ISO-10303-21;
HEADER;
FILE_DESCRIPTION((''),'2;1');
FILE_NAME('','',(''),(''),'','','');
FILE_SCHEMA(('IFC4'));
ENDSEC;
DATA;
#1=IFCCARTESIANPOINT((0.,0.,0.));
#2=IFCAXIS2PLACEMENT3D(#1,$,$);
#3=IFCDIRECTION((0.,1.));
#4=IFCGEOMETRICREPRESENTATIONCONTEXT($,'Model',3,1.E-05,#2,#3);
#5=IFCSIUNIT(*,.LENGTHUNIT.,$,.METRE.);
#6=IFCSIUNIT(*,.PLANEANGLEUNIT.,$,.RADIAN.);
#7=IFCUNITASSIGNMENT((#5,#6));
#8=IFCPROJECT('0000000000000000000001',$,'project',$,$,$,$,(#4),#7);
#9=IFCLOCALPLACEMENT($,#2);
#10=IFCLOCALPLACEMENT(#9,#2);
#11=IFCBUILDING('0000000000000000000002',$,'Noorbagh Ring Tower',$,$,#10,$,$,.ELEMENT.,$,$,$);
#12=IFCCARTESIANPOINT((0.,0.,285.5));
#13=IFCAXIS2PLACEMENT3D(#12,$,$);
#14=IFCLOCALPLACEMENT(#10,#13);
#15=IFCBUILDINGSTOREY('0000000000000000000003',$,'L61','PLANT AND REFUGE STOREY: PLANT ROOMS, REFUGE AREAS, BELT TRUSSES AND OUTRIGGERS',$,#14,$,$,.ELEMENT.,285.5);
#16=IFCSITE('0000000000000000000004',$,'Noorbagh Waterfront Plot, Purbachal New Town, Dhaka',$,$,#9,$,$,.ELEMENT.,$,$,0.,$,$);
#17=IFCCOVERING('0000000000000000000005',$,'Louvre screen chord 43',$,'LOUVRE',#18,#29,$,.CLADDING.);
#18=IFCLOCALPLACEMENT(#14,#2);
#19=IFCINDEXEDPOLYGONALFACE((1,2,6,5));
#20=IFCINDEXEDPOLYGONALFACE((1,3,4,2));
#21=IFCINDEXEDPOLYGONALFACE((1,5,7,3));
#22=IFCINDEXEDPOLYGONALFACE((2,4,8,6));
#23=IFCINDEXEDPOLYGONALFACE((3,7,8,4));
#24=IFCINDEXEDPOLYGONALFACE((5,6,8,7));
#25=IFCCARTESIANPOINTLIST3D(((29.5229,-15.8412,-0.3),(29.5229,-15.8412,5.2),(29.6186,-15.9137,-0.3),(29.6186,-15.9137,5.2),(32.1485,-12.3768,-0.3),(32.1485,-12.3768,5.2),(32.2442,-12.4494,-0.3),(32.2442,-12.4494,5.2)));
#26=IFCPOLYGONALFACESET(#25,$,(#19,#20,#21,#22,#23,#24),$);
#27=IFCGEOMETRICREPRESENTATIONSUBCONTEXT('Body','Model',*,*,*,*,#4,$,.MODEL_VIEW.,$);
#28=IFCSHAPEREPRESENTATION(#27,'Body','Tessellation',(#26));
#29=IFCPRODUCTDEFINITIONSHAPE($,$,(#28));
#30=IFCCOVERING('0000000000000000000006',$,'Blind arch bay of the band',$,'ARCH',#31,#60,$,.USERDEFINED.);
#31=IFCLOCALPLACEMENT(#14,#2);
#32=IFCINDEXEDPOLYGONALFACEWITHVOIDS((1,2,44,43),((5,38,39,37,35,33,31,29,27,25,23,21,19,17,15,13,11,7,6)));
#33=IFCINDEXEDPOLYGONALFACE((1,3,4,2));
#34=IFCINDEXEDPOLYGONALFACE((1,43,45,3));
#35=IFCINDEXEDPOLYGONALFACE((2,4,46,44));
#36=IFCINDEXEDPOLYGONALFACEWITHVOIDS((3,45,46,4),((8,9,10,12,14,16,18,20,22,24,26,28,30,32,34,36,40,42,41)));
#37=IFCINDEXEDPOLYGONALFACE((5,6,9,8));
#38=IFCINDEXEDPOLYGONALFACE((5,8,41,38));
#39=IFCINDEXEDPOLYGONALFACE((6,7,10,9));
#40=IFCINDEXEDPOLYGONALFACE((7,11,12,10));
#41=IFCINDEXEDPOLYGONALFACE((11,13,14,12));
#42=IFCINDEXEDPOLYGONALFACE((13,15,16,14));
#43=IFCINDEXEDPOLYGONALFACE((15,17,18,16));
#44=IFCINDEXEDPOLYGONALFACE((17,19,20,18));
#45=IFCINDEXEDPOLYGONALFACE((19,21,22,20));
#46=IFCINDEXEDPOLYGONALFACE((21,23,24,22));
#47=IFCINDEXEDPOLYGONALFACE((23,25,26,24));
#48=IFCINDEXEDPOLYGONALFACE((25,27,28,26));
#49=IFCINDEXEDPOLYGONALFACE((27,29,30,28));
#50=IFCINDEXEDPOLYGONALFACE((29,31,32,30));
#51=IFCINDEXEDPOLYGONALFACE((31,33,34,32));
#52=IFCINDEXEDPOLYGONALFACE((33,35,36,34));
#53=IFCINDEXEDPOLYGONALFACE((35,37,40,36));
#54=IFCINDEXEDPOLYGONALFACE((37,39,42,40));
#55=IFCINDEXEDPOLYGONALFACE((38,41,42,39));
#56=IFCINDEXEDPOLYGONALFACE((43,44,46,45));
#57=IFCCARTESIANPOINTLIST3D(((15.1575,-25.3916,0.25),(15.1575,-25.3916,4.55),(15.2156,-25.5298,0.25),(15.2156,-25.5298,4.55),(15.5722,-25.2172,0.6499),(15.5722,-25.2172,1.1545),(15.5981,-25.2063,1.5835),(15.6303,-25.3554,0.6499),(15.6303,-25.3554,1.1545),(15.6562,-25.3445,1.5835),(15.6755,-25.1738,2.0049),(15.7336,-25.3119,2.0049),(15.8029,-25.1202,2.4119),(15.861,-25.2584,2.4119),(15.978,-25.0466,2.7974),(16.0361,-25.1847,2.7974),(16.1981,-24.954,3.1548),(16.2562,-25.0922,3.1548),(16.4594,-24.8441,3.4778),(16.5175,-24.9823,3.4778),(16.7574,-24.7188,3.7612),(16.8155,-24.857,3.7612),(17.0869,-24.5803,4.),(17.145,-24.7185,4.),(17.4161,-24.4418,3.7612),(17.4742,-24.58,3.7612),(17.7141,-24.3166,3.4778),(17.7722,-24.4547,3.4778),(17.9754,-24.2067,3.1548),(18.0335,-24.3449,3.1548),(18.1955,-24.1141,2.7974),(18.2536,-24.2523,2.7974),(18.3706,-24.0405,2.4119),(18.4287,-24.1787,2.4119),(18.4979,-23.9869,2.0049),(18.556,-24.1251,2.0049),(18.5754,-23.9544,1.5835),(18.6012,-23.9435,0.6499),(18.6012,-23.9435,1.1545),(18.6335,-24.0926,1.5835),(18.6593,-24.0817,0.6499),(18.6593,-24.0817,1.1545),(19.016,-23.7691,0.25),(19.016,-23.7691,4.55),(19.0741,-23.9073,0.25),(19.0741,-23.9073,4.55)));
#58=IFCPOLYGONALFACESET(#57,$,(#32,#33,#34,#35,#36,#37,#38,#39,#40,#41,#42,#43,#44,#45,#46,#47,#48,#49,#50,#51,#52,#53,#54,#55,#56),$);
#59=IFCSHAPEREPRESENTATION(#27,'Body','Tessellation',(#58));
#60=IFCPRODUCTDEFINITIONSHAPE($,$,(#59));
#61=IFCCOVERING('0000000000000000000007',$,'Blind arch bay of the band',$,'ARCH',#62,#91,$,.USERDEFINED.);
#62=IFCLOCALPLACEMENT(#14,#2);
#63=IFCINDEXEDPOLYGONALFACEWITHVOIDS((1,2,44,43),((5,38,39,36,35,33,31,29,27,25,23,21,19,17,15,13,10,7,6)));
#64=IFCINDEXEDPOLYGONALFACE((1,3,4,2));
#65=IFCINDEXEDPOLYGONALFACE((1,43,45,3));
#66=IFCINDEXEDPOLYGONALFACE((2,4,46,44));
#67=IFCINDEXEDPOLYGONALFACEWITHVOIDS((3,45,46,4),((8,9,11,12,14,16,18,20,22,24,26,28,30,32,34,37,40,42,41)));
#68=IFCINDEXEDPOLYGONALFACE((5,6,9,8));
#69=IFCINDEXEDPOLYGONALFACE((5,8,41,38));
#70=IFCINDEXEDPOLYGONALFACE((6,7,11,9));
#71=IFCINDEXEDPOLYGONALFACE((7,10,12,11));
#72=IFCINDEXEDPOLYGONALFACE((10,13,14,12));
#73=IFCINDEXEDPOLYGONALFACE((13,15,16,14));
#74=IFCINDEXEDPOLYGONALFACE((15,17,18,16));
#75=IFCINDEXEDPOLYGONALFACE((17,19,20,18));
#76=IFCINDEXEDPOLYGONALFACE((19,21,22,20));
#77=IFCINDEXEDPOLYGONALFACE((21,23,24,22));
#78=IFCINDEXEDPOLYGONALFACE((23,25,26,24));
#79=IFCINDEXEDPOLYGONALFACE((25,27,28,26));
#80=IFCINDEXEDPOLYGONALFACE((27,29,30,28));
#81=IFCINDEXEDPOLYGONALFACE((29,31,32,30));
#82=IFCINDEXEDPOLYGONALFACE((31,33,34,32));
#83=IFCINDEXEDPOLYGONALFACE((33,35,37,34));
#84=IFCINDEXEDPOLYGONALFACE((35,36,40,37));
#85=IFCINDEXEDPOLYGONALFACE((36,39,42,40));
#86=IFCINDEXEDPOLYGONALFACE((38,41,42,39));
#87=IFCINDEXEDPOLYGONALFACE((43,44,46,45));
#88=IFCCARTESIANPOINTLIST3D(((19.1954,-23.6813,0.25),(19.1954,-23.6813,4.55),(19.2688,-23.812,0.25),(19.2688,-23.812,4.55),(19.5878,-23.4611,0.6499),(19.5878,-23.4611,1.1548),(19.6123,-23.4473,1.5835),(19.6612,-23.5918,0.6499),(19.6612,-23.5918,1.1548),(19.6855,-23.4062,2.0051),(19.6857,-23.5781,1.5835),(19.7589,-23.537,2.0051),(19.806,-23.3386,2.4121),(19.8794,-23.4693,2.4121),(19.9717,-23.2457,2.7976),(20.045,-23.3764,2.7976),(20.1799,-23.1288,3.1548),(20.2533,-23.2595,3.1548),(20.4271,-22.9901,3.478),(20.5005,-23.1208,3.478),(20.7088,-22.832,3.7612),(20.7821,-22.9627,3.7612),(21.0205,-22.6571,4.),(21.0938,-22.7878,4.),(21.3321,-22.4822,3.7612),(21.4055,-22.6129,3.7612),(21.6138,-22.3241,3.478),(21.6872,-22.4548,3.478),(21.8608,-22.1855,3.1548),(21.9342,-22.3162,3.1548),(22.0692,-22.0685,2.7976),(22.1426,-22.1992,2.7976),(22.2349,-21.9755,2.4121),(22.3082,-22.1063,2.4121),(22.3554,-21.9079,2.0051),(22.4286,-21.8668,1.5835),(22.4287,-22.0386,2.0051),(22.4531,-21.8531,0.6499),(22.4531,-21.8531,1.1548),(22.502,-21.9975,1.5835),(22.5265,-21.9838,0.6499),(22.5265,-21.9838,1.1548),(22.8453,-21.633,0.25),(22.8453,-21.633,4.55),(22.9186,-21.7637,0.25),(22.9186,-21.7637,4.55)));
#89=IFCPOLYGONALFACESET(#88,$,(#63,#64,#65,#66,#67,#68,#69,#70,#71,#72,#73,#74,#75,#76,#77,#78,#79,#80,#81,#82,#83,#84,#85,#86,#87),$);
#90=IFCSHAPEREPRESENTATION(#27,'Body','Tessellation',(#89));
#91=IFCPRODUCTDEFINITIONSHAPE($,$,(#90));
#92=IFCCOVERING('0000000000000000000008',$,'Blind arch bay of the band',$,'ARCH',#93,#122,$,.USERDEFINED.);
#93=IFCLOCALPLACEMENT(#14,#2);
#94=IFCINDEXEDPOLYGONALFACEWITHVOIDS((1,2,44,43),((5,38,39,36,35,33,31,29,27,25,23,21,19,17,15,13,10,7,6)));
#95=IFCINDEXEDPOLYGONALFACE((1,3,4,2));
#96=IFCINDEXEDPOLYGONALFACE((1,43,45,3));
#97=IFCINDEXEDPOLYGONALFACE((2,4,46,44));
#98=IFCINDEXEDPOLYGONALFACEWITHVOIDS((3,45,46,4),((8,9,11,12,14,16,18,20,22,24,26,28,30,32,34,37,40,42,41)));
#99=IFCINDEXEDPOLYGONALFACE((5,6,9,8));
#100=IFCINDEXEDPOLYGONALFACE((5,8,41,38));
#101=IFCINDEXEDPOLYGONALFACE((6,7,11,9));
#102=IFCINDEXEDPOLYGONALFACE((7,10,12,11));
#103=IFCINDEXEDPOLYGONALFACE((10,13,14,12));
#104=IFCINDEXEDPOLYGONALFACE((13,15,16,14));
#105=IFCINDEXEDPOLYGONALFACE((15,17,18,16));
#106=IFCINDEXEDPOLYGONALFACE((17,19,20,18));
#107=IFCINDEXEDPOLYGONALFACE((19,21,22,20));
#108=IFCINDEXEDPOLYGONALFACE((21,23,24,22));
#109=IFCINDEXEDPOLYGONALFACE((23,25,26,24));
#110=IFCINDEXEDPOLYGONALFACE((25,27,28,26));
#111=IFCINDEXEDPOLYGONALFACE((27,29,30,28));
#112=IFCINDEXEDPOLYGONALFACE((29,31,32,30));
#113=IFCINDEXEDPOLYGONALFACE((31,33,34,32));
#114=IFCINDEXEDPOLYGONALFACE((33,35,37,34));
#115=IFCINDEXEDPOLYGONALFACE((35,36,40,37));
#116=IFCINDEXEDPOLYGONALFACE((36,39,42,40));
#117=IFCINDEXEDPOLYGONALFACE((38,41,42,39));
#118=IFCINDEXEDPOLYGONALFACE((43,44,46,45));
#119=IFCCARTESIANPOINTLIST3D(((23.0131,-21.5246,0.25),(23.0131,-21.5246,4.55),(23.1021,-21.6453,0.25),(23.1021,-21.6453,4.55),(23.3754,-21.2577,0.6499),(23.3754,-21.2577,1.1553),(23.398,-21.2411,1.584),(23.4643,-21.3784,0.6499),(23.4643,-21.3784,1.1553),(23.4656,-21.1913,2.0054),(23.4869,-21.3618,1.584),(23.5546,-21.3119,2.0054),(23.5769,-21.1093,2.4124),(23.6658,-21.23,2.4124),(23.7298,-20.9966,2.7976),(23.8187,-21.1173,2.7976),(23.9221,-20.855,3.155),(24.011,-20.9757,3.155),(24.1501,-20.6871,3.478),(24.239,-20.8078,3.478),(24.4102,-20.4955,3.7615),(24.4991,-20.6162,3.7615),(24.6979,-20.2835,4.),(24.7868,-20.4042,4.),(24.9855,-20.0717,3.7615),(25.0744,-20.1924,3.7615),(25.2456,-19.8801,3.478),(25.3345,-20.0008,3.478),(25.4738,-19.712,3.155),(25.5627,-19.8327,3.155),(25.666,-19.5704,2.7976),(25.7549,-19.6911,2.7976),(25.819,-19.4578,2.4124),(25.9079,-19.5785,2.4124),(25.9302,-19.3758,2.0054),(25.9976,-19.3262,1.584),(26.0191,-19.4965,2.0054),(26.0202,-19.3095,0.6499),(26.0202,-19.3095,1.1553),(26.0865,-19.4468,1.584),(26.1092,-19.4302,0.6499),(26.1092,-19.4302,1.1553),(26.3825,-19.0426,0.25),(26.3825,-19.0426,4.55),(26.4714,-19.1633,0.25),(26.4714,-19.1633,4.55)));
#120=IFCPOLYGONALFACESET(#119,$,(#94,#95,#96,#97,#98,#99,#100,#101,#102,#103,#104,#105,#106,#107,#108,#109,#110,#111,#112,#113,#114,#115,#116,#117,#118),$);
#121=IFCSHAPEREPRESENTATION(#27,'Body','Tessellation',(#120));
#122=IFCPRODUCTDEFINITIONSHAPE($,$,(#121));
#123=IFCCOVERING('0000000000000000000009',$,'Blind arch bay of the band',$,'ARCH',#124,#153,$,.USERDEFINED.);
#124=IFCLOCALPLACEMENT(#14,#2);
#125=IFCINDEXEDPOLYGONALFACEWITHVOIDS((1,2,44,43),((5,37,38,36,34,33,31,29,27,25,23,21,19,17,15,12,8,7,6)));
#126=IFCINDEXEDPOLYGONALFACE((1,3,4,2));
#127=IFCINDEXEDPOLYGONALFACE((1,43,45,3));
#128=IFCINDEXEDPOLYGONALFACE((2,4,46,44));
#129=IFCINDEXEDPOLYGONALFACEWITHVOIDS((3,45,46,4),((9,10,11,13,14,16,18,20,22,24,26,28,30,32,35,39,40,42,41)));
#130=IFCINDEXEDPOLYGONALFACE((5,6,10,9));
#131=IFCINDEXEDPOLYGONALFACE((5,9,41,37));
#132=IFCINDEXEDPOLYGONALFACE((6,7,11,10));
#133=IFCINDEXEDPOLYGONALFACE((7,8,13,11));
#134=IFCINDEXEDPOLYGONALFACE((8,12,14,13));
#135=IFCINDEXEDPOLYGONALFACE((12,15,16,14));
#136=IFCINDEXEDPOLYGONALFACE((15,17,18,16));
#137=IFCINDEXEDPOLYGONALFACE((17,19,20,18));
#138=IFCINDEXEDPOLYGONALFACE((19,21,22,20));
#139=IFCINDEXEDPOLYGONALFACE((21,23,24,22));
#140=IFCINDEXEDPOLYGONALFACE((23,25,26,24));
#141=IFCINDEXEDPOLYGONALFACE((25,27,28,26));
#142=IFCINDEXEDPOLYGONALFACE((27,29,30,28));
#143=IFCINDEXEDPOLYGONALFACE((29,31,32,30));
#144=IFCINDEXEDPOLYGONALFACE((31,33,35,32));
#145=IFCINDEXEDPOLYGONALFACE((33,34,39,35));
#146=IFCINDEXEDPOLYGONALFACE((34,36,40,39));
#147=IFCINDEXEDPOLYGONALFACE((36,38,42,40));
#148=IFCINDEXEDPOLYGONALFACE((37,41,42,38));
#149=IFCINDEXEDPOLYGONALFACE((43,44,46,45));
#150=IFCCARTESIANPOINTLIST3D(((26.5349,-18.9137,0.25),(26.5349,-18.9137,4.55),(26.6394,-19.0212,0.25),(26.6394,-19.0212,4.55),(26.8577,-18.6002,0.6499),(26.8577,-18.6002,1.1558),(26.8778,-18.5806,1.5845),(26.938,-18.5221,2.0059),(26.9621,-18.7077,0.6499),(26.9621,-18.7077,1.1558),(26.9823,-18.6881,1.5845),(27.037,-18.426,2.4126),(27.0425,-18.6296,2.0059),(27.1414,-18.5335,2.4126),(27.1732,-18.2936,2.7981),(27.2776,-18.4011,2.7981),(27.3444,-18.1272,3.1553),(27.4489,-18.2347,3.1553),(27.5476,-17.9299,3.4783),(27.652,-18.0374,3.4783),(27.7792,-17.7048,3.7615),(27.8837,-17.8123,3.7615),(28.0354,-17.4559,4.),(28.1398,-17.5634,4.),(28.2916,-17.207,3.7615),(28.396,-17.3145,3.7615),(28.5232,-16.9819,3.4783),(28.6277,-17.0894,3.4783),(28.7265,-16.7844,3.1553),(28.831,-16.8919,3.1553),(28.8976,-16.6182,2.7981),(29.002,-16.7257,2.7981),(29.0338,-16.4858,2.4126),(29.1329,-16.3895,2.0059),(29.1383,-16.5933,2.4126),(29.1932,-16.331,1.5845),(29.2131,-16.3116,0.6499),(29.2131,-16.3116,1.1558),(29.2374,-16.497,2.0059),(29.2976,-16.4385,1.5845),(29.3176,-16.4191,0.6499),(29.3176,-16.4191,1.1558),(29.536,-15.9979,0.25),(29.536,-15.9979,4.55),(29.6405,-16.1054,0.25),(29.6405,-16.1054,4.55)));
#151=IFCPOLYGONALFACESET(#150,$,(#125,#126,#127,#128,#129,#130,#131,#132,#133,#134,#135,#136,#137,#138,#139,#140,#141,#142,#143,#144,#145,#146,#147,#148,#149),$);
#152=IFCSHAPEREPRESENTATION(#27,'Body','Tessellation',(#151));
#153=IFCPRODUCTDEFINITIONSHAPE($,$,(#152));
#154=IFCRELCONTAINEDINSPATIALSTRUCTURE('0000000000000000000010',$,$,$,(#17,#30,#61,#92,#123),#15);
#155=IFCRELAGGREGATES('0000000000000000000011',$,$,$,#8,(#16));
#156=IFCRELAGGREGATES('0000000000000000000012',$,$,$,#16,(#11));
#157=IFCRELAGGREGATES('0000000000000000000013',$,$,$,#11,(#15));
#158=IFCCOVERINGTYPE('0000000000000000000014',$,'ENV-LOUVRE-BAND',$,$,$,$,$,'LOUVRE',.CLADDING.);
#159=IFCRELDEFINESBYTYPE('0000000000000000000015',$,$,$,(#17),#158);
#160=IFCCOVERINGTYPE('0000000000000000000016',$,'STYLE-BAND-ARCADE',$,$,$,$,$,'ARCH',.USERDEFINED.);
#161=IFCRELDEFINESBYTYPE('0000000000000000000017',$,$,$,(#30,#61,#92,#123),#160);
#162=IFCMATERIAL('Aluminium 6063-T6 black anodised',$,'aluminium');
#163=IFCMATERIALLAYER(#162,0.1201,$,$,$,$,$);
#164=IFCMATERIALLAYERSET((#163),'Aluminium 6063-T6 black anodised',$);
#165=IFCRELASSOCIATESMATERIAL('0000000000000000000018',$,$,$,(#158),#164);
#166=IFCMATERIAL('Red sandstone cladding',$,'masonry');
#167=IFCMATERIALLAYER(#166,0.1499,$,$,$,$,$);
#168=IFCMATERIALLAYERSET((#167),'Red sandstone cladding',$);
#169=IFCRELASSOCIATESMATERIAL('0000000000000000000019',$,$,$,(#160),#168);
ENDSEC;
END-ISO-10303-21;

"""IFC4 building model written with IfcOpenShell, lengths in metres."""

from ifc_helpers import new_model, si_unit, direction, frame, origin, origin_2d, place, context, subcontext, project, spatial, polyline, rectangle, outline, extrude, material, layer, layer_set, type_object, element, save


model = new_model("IFC4")

# Units and contexts
model_context = context("Model", 3, precision=1e-05, world=origin(), true_north=direction((0.0, 1.0)))
body_context = subcontext(model_context, "Body", "Model", "MODEL_VIEW")
ifc_project = project(units=[si_unit("LENGTHUNIT", "METRE"), si_unit("PLANEANGLEUNIT", "RADIAN")], contexts=[model_context])

# Site, building, storey
site_placement = place(None, origin())
site = spatial("IfcSite", under=ifc_project, at=site_placement, Name="Noorbagh Waterfront Plot, Purbachal New Town, Dhaka", CompositionType="ELEMENT", RefElevation=0.0)
building_placement = place(site_placement, origin())
building = spatial("IfcBuilding", under=site, at=building_placement, Name="Noorbagh Ring Tower", CompositionType="ELEMENT")
storey_placement = place(building_placement, frame((0.0, 0.0, 285.5)))
storey = spatial("IfcBuildingStorey", under=building, at=storey_placement, Name="L61", Description="PLANT AND REFUGE STOREY: PLANT ROOMS, REFUGE AREAS, BELT TRUSSES AND OUTRIGGERS", CompositionType="ELEMENT", Elevation=285.5)

# Coverings
ifc_material_1 = material(Name="Aluminium 6063-T6 black anodised", Category="aluminium")
ifc_layer_1 = layer(ifc_material_1, 0.1201)
ifc_layer_set_1 = layer_set([ifc_layer_1], Name="Aluminium 6063-T6 black anodised")
covering_type_1 = type_object("IfcCoveringType", Name="ENV-LOUVRE-BAND", ElementType="LOUVRE", PredefinedType="CLADDING", material=ifc_layer_set_1)
covering_1_placement = place(storey_placement, frame((30.8835, -14.1453, -0.3), z_axis=(0.0, 0.0, 1.0), x_axis=(0.60402, 0.796969, 0.0)))
element("IfcCovering", 1, at=covering_1_placement, inside=storey, type_object=covering_type_1, Name="Louvre screen chord 43", ObjectType="LOUVRE", PredefinedType="CLADDING", context=body_context, shape_type="SweptSolid", body=[
    extrude(rectangle(XDim=4.3469, YDim=0.1201, at=origin_2d()), origin(), (0.0, 0.0, 1.0), 5.5),
])
ifc_material_2 = material(Name="Red sandstone cladding", Category="masonry")
ifc_layer_2 = layer(ifc_material_2, 0.1499)
ifc_layer_set_2 = layer_set([ifc_layer_2], Name="Red sandstone cladding")
covering_type_2 = type_object("IfcCoveringType", Name="STYLE-BAND-ARCADE", ElementType="ARCH", PredefinedType="USERDEFINED", material=ifc_layer_set_2)
covering_2_placement = place(storey_placement, frame((15.2156, -25.5298, 0.25), z_axis=(0.387624, -0.921818, 0.0), x_axis=(0.921818, 0.387624, 0.0)))
element("IfcCovering", 2, at=covering_2_placement, inside=storey, type_object=covering_type_2, Name="Blind arch bay of the band", ObjectType="ARCH", PredefinedType="USERDEFINED", context=body_context, shape_type="SweptSolid", body=[
    extrude(outline(polyline([(0.0, 0.0), (4.1858, 0.0), (4.1858, 4.3), (0.0, 4.3), (0.0, 0.0)]), holes=[polyline([(0.45, 0.3999), (0.45, 0.9045), (0.478, 1.3335), (0.562, 1.7549), (0.7002, 2.1619), (0.8901, 2.5474), (1.1289, 2.9048), (1.4124, 3.2278), (1.7356, 3.5112), (2.093, 3.75), (2.4502, 3.5112), (2.7734, 3.2278), (3.0569, 2.9048), (3.2957, 2.5474), (3.4856, 2.1619), (3.6238, 1.7549), (3.7078, 1.3335), (3.7358, 0.9045), (3.7358, 0.3999), (0.45, 0.3999)])]), origin(), (0.0, 0.0, -1.0), 0.1499),
])
covering_3_placement = place(storey_placement, frame((19.2688, -23.812, 0.25), z_axis=(0.489402, -0.872058, 0.0), x_axis=(0.872058, 0.489402, 0.0)))
element("IfcCovering", 3, at=covering_3_placement, inside=storey, type_object=covering_type_2, Name="Blind arch bay of the band", ObjectType="ARCH", PredefinedType="USERDEFINED", context=body_context, shape_type="SweptSolid", body=[
    extrude(outline(polyline([(0.0, 0.0), (4.1853, 0.0), (4.1853, 4.3), (0.0, 4.3), (0.0, 0.0)]), holes=[polyline([(0.45, 0.3999), (0.45, 0.9048), (0.478, 1.3335), (0.562, 1.7551), (0.7002, 2.1621), (0.8901, 2.5476), (1.1289, 2.9048), (1.4124, 3.228), (1.7354, 3.5112), (2.0928, 3.75), (2.4502, 3.5112), (2.7732, 3.228), (3.0564, 2.9048), (3.2954, 2.5476), (3.4854, 2.1621), (3.6235, 1.7551), (3.7075, 1.3335), (3.7356, 0.9048), (3.7356, 0.3999), (0.45, 0.3999)])]), origin(), (0.0, 0.0, -1.0), 0.1499),
])
covering_4_placement = place(storey_placement, frame((23.1021, -21.6453, 0.25), z_axis=(0.59308, -0.805144, 0.0), x_axis=(0.805144, 0.59308, 0.0)))
element("IfcCovering", 4, at=covering_4_placement, inside=storey, type_object=covering_type_2, Name="Blind arch bay of the band", ObjectType="ARCH", PredefinedType="USERDEFINED", context=body_context, shape_type="SweptSolid", body=[
    extrude(outline(polyline([(0.0, 0.0), (4.1848, 0.0), (4.1848, 4.3), (0.0, 4.3), (0.0, 0.0)]), holes=[polyline([(0.45, 0.3999), (0.45, 0.9053), (0.478, 1.334), (0.562, 1.7554), (0.7002, 2.1624), (0.8901, 2.5476), (1.1289, 2.905), (1.4121, 3.228), (1.7351, 3.5115), (2.0925, 3.75), (2.4497, 3.5115), (2.7727, 3.228), (3.0562, 2.905), (3.2949, 2.5476), (3.4849, 2.1624), (3.623, 1.7554), (3.7068, 1.334), (3.7349, 0.9053), (3.7349, 0.3999), (0.45, 0.3999)])]), origin(), (0.0, 0.0, -1.0), 0.1499),
])
covering_5_placement = place(storey_placement, frame((26.6394, -19.0212, 0.25), z_axis=(0.696852, -0.717215, 0.0), x_axis=(0.717215, 0.696852, 0.0)))
element("IfcCovering", 5, at=covering_5_placement, inside=storey, type_object=covering_type_2, Name="Blind arch bay of the band", ObjectType="ARCH", PredefinedType="USERDEFINED", context=body_context, shape_type="SweptSolid", body=[
    extrude(outline(polyline([(0.0, 0.0), (4.1843, 0.0), (4.1843, 4.3), (0.0, 4.3), (0.0, 0.0)]), holes=[polyline([(0.45, 0.3999), (0.45, 0.9058), (0.478, 1.3345), (0.562, 1.7559), (0.7, 2.1626), (0.8899, 2.5481), (1.1287, 2.9053), (1.4119, 3.2283), (1.7349, 3.5115), (2.092, 3.75), (2.4492, 3.5115), (2.7722, 3.2283), (3.0557, 2.9053), (3.2942, 2.5481), (3.4841, 2.1626), (3.6223, 1.7559), (3.7063, 1.3345), (3.7341, 0.9058), (3.7341, 0.3999), (0.45, 0.3999)])]), origin(), (0.0, 0.0, -1.0), 0.1499),
])

save(model, "model.ifc")
